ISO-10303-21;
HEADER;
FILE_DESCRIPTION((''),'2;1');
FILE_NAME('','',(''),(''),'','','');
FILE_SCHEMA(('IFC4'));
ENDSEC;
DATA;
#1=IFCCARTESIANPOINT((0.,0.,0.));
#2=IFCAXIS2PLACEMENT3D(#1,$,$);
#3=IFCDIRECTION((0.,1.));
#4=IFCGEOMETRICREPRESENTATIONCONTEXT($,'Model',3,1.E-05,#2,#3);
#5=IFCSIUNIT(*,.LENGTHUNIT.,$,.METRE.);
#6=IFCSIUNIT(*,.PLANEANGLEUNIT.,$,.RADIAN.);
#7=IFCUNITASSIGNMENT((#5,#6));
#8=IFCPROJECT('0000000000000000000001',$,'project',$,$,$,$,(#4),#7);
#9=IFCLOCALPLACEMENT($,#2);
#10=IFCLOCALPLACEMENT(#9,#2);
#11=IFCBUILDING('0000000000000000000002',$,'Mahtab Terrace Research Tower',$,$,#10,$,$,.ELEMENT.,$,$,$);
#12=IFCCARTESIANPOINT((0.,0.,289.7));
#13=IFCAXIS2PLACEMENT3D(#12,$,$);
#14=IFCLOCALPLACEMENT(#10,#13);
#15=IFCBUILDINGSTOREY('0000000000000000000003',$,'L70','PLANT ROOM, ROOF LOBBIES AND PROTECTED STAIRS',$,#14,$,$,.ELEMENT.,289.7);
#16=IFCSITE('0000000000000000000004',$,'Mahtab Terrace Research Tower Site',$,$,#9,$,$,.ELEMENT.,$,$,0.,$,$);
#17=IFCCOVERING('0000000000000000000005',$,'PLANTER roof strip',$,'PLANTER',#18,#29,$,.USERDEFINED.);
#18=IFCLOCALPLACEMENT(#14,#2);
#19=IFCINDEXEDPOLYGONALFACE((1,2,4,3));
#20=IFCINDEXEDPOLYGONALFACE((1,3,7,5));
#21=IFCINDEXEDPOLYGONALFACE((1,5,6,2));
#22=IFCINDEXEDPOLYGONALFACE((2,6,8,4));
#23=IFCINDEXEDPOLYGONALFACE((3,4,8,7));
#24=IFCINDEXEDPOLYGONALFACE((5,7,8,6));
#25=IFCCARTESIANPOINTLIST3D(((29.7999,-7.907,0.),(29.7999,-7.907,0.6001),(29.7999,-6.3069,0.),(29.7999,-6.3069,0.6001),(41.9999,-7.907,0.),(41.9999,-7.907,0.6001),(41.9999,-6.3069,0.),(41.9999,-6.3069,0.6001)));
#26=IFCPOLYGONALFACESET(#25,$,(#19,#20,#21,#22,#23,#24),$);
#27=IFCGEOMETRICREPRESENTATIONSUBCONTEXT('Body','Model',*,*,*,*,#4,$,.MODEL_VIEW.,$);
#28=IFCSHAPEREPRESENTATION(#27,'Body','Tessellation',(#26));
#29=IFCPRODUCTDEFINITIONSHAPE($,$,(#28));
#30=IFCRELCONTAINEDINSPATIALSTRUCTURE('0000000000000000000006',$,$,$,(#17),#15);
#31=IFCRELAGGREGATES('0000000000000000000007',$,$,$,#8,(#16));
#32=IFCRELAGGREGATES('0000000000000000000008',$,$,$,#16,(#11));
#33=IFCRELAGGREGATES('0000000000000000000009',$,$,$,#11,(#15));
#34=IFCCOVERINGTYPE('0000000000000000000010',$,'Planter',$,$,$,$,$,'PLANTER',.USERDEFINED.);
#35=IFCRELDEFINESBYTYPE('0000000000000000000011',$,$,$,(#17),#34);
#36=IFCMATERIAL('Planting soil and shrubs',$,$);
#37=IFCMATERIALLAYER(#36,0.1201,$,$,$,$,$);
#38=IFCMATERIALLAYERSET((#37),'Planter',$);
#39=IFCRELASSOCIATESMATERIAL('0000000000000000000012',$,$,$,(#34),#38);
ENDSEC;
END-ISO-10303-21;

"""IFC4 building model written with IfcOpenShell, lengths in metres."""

from ifc_helpers import new_model, si_unit, direction, frame, origin, origin_2d, place, context, subcontext, project, spatial, rectangle, extrude, material, layer, layer_set, type_object, element, save


model = new_model("IFC4")

# Units and contexts
model_context = context("Model", 3, precision=1e-05, world=origin(), true_north=direction((0.0, 1.0)))
body_context = subcontext(model_context, "Body", "Model", "MODEL_VIEW")
ifc_project = project(units=[si_unit("LENGTHUNIT", "METRE"), si_unit("PLANEANGLEUNIT", "RADIAN")], contexts=[model_context])

# Site, building, storey
site_placement = place(None, origin())
site = spatial("IfcSite", under=ifc_project, at=site_placement, Name="Mahtab Terrace Research Tower Site", CompositionType="ELEMENT", RefElevation=0.0)
building_placement = place(site_placement, origin())
building = spatial("IfcBuilding", under=site, at=building_placement, Name="Mahtab Terrace Research Tower", CompositionType="ELEMENT")
storey_placement = place(building_placement, frame((0.0, 0.0, 289.7)))
storey = spatial("IfcBuildingStorey", under=building, at=storey_placement, Name="L70", Description="PLANT ROOM, ROOF LOBBIES AND PROTECTED STAIRS", CompositionType="ELEMENT", Elevation=289.7)

# Covering
ifc_material_1 = material(Name="Planting soil and shrubs")
ifc_layer_1 = layer(ifc_material_1, 0.1201)
ifc_layer_set_1 = layer_set([ifc_layer_1], Name="Planter")
covering_type_1 = type_object("IfcCoveringType", Name="Planter", ElementType="PLANTER", PredefinedType="USERDEFINED", material=ifc_layer_set_1)
covering_placement = place(storey_placement, frame((35.8999, -7.1069, 0.0), z_axis=(0.0, 0.0, 1.0), x_axis=(1.0, 0.0, 0.0)))
element("IfcCovering", 1, at=covering_placement, inside=storey, type_object=covering_type_1, Name="PLANTER roof strip", ObjectType="PLANTER", PredefinedType="USERDEFINED", context=body_context, shape_type="SweptSolid", body=[
    extrude(rectangle(XDim=12.2, YDim=1.6001, at=origin_2d()), origin(), (0.0, 0.0, 1.0), 0.6001),
])

save(model, "model.ifc")
